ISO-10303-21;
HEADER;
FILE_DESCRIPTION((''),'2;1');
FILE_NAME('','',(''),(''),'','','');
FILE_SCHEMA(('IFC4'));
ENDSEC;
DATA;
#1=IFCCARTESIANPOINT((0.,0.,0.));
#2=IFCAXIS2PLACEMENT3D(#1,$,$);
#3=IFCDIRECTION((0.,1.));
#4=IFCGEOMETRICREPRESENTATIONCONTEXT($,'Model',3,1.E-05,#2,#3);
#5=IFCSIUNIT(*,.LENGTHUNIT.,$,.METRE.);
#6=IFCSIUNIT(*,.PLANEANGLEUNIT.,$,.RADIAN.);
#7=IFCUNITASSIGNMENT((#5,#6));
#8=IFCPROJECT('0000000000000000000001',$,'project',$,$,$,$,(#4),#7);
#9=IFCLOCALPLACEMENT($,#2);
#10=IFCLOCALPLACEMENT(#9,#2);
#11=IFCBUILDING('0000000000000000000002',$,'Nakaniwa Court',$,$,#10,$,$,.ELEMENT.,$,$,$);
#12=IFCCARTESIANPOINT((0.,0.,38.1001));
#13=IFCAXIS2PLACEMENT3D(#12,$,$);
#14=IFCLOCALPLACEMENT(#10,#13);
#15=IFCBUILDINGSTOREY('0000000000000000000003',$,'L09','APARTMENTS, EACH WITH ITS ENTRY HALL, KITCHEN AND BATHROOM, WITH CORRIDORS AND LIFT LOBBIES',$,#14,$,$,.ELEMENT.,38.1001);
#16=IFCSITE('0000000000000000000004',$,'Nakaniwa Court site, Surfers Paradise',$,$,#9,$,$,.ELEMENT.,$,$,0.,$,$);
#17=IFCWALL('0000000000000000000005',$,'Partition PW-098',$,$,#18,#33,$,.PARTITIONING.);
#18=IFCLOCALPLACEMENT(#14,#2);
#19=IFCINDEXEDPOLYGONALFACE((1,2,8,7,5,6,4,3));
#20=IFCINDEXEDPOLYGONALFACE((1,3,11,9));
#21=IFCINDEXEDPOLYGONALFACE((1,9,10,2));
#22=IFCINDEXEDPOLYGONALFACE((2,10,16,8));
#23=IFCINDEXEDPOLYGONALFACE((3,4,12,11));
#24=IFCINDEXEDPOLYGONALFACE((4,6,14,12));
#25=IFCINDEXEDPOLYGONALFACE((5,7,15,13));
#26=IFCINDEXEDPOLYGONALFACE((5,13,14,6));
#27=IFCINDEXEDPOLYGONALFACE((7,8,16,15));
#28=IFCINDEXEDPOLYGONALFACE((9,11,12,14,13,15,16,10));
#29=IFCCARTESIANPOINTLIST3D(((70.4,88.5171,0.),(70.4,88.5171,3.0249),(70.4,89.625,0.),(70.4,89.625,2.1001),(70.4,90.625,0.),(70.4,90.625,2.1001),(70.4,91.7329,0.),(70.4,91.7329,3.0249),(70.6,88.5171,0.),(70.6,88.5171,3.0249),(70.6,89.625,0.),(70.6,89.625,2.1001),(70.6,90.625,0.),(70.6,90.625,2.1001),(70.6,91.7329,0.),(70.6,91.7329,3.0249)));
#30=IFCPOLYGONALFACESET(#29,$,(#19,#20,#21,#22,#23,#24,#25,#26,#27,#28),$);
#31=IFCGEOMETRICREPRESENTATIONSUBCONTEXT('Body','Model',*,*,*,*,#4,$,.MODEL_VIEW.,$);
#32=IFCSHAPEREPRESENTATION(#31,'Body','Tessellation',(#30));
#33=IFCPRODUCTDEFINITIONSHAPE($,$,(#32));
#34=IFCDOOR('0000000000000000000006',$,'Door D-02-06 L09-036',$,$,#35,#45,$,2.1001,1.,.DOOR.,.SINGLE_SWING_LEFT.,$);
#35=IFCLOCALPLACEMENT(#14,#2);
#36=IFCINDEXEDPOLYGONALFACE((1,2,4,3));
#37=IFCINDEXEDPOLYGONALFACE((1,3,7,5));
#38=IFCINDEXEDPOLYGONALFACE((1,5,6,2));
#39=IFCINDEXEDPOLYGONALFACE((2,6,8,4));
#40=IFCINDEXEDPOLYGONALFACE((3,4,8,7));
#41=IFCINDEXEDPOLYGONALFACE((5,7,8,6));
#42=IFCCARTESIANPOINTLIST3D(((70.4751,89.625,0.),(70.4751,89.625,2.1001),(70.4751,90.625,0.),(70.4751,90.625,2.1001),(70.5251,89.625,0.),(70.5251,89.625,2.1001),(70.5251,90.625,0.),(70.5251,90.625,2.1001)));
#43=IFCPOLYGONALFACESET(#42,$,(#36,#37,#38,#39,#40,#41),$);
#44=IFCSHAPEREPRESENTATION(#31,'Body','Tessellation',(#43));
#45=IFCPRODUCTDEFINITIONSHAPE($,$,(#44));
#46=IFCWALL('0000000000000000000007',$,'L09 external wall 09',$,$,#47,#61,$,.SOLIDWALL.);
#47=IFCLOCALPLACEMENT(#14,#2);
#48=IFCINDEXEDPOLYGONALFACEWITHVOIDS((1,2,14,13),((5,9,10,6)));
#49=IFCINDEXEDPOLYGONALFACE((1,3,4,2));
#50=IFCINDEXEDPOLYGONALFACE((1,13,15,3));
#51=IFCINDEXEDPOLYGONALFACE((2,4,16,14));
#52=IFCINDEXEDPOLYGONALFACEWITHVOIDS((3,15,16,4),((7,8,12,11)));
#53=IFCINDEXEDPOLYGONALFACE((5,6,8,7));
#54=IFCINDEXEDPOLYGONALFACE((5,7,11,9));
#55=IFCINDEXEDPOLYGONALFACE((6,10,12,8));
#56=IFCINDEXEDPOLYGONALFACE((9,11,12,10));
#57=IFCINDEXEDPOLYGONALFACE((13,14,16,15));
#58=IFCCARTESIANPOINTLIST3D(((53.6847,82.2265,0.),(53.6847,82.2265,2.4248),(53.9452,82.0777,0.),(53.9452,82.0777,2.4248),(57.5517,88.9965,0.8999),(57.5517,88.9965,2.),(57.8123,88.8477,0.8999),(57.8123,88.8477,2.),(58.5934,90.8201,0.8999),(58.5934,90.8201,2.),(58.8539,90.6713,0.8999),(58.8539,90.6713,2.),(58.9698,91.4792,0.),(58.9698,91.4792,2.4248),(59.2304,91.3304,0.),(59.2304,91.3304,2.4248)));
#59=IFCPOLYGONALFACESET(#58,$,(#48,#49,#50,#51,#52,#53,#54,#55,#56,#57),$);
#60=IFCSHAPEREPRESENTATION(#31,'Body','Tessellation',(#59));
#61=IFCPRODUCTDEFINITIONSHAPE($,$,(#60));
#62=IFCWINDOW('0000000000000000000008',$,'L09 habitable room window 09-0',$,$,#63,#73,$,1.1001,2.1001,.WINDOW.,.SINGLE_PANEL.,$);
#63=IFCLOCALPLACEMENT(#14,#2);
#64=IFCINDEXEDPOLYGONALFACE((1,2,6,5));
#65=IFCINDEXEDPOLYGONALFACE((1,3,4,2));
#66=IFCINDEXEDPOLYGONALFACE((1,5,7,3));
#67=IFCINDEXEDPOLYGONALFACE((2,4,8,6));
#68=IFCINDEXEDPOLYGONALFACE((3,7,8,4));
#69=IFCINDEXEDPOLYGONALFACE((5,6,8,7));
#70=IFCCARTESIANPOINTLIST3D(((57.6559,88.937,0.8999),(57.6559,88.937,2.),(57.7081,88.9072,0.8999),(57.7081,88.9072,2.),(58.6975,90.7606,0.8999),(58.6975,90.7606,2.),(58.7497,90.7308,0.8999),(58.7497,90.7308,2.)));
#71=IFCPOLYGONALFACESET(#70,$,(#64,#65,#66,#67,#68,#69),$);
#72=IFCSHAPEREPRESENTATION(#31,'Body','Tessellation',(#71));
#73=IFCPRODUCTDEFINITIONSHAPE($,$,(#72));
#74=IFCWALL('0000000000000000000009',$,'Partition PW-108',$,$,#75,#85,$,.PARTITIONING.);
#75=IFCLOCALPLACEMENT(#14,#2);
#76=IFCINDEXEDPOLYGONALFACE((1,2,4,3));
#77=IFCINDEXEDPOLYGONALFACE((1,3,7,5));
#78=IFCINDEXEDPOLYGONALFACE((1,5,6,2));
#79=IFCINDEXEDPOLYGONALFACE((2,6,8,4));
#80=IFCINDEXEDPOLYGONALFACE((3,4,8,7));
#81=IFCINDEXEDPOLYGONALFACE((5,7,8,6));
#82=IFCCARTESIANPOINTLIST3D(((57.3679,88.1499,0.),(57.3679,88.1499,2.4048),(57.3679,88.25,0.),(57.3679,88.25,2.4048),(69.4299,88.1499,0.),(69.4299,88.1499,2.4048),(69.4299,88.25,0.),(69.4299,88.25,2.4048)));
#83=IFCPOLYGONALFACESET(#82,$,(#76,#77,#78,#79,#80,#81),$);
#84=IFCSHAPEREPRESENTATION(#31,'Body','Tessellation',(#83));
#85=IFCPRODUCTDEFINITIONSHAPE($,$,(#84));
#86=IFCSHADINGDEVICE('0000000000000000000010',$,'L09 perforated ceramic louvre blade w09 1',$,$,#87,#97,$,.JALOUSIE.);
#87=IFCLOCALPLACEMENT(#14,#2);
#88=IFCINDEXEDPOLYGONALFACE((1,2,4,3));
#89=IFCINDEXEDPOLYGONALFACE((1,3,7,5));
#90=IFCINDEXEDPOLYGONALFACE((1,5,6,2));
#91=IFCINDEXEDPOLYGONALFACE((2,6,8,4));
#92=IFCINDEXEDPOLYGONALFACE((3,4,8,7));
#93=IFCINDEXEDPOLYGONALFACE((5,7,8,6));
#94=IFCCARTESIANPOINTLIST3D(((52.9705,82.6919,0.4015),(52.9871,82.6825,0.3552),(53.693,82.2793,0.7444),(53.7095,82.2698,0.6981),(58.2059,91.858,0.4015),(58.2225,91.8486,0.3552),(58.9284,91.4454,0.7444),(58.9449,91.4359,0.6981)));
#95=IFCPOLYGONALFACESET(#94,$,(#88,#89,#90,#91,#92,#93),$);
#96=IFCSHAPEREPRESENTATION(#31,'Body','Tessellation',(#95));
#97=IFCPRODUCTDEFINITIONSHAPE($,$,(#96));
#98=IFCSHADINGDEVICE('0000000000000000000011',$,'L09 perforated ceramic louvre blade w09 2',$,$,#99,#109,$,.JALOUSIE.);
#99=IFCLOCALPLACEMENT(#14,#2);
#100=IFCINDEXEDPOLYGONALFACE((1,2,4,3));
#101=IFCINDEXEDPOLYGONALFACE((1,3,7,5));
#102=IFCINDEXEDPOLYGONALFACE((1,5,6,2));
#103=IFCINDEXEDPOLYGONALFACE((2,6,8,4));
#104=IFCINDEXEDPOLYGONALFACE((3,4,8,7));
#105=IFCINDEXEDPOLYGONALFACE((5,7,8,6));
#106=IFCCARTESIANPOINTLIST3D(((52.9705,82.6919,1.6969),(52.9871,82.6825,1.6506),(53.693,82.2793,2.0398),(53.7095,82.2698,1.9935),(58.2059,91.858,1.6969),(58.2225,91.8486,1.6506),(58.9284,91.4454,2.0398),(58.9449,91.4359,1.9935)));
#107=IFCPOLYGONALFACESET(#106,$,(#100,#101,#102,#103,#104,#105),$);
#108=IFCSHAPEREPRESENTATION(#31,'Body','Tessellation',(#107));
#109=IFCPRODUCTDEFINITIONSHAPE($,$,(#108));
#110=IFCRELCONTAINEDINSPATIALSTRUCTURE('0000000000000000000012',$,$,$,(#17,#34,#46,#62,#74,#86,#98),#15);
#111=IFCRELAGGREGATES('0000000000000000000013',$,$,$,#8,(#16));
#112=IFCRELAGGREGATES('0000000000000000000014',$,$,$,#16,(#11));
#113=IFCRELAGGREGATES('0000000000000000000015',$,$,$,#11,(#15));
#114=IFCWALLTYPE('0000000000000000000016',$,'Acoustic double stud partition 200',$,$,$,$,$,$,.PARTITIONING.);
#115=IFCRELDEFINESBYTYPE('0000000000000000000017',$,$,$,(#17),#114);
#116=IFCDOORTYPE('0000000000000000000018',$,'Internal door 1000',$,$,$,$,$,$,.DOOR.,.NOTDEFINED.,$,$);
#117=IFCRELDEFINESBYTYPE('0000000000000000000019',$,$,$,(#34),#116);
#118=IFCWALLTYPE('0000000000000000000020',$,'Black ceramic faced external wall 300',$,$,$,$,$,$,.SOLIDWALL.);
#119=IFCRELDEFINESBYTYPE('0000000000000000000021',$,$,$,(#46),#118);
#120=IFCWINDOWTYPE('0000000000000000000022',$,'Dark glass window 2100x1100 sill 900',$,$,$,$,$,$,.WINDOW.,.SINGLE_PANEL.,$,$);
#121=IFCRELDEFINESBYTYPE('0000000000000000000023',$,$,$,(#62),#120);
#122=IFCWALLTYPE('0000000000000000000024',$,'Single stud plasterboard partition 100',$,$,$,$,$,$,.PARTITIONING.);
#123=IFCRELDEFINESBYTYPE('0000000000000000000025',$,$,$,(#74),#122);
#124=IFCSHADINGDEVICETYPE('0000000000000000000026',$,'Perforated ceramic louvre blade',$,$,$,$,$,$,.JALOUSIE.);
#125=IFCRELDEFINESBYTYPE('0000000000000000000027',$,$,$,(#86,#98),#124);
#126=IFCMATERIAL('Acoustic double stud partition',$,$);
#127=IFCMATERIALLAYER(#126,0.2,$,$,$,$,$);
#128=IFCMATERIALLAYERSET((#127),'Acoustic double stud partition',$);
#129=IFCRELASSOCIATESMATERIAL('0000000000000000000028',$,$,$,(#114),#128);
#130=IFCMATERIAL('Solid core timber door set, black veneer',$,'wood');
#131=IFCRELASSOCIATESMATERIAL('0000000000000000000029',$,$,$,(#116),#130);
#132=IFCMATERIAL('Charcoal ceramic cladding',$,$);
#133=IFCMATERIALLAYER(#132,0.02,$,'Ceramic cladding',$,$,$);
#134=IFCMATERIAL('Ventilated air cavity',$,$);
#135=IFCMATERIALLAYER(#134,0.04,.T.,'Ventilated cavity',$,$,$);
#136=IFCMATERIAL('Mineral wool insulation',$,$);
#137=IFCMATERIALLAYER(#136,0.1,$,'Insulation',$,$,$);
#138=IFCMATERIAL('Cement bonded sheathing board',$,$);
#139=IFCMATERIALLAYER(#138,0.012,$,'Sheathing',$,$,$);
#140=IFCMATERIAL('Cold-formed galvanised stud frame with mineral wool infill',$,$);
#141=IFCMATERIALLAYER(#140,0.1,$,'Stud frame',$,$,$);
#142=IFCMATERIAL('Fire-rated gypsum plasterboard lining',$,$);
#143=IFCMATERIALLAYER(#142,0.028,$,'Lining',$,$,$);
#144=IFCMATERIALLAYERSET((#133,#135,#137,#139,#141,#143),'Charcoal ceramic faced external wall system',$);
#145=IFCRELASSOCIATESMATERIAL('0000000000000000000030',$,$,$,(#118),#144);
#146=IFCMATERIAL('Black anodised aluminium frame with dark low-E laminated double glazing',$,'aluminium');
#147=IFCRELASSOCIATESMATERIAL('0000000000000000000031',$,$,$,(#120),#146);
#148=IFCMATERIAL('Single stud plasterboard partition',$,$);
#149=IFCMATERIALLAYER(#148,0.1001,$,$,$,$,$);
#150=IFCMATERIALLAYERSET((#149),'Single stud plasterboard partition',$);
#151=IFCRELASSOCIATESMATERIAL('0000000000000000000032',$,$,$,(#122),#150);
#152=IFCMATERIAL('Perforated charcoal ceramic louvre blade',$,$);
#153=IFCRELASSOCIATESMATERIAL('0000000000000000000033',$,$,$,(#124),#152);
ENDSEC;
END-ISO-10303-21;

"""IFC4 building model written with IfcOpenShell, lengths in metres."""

from ifc_helpers import new_model, si_unit, direction, frame, frame_2d, origin, origin_2d, place, context, subcontext, project, spatial, rectangle, extrude, material, layer, layer_set, material_profile, profile_set, type_object, element, fill, save


model = new_model("IFC4")

# Units and contexts
model_context = context("Model", 3, precision=1e-05, world=origin(), true_north=direction((0.0, 1.0)))
body_context = subcontext(model_context, "Body", "Model", "MODEL_VIEW")
ifc_project = project(units=[si_unit("LENGTHUNIT", "METRE"), si_unit("PLANEANGLEUNIT", "RADIAN")], contexts=[model_context])

# Site, building, storey
site_placement = place(None, origin())
site = spatial("IfcSite", under=ifc_project, at=site_placement, Name="Nakaniwa Court site, Surfers Paradise", CompositionType="ELEMENT", RefElevation=0.0)
building_placement = place(site_placement, origin())
building = spatial("IfcBuilding", under=site, at=building_placement, Name="Nakaniwa Court", CompositionType="ELEMENT")
storey_placement = place(building_placement, frame((0.0, 0.0, 38.1001)))
storey = spatial("IfcBuildingStorey", under=building, at=storey_placement, Name="L09", Description="APARTMENTS, EACH WITH ITS ENTRY HALL, KITCHEN AND BATHROOM, WITH CORRIDORS AND LIFT LOBBIES", CompositionType="ELEMENT", Elevation=38.1001)

# Shared definitions
ifc_material_1 = material(Name="Acoustic double stud partition")
ifc_layer_1 = layer(ifc_material_1, 0.2)
ifc_layer_set_1 = layer_set([ifc_layer_1], Name="Acoustic double stud partition")
wall_type_1 = type_object("IfcWallType", Name="Acoustic double stud partition 200", PredefinedType="PARTITIONING", material=ifc_layer_set_1)

# Wall, opening, door
wall_1_placement = place(storey_placement, frame((70.5, 88.5171, 0.0), z_axis=(0.0, 0.0, 1.0), x_axis=(0.0, 1.0, 0.0)))
wall_1 = element("IfcWall", 1, at=wall_1_placement, inside=storey, type_object=wall_type_1, Name="Partition PW-098", PredefinedType="PARTITIONING", context=body_context, shape_type="SweptSolid", body=[
    extrude(rectangle(XDim=3.2158, YDim=0.2, at=frame_2d((1.6079, 0.0))), origin(), (0.0, 0.0, 1.0), 3.0249),
])
opening_1_placement = place(wall_1_placement, frame((1.1079, 0.0, 0.0)))
opening_1 = element("IfcOpeningElement", 2, at=opening_1_placement, cuts=wall_1, PredefinedType="OPENING", context=body_context, shape_type="SweptSolid", body=[
    extrude(rectangle(XDim=1.0, YDim=2.1001, at=frame_2d((0.5, 1.05))), frame((0.0, 0.1099, 0.0), z_axis=(0.0, -1.0, 0.0), x_axis=(1.0, 0.0, 0.0)), (0.0, 0.0, 1.0), 0.22),
])
ifc_material_2 = material(Name="Solid core timber door set, black veneer", Category="wood")
door_type = type_object("IfcDoorType", Name="Internal door 1000", OperationType="NOTDEFINED", PredefinedType="DOOR", material=ifc_material_2)
door_placement = place(opening_1_placement, origin())
door = element("IfcDoor", 3, at=door_placement, inside=storey, type_object=door_type, Name="Door D-02-06 L09-036", OperationType="SINGLE_SWING_LEFT", OverallHeight=2.1001, OverallWidth=1.0, PredefinedType="DOOR", context=body_context, shape_type="SweptSolid", body=[
    extrude(rectangle(XDim=1.0, YDim=2.1001, at=frame_2d((0.5, 1.05))), frame((0.0, 0.0249, 0.0), z_axis=(0.0, -1.0, 0.0), x_axis=(1.0, 0.0, 0.0)), (0.0, 0.0, 1.0), 0.05),
])
fill(opening_1, door)

# Wall, opening, window
ifc_material_3 = material(Name="Charcoal ceramic cladding")
ifc_layer_2 = layer(ifc_material_3, 0.02, Name="Ceramic cladding")
ifc_material_4 = material(Name="Ventilated air cavity")
ifc_layer_3 = layer(ifc_material_4, 0.04, ventilated=True, Name="Ventilated cavity")
ifc_material_5 = material(Name="Mineral wool insulation")
ifc_layer_4 = layer(ifc_material_5, 0.1, Name="Insulation")
ifc_material_6 = material(Name="Cement bonded sheathing board")
ifc_layer_5 = layer(ifc_material_6, 0.012, Name="Sheathing")
ifc_material_7 = material(Name="Cold-formed galvanised stud frame with mineral wool infill")
ifc_layer_6 = layer(ifc_material_7, 0.1, Name="Stud frame")
ifc_material_8 = material(Name="Fire-rated gypsum plasterboard lining")
ifc_layer_7 = layer(ifc_material_8, 0.028, Name="Lining")
ifc_layer_set_2 = layer_set([ifc_layer_2, ifc_layer_3, ifc_layer_4, ifc_layer_5, ifc_layer_6, ifc_layer_7], Name="Charcoal ceramic faced external wall system")
wall_type_2 = type_object("IfcWallType", Name="Black ceramic faced external wall 300", PredefinedType="SOLIDWALL", material=ifc_layer_set_2)
wall_2_placement = place(storey_placement, frame((59.1001, 91.4048, 0.0), z_axis=(0.0, 0.0, 1.0), x_axis=(-0.495991, -0.868328, 0.0)))
wall_2 = element("IfcWall", 4, at=wall_2_placement, inside=storey, type_object=wall_type_2, Name="L09 external wall 09", PredefinedType="SOLIDWALL", context=body_context, shape_type="SweptSolid", body=[
    extrude(rectangle(XDim=10.6558, YDim=0.3, at=frame_2d((5.3279, 0.0))), origin(), (0.0, 0.0, 1.0), 2.4248),
])
opening_2_placement = place(wall_2_placement, frame((0.759, 0.0, 0.8999)))
opening_2 = element("IfcOpeningElement", 5, at=opening_2_placement, cuts=wall_2, PredefinedType="OPENING", context=body_context, shape_type="SweptSolid", body=[
    extrude(rectangle(XDim=2.1001, YDim=1.1001, at=frame_2d((1.05, 0.55))), frame((0.0, 0.1599, 0.0), z_axis=(0.0, -1.0, 0.0), x_axis=(1.0, 0.0, 0.0)), (0.0, 0.0, 1.0), 0.3201),
])
ifc_material_9 = material(Name="Black anodised aluminium frame with dark low-E laminated double glazing", Category="aluminium")
window_type = type_object("IfcWindowType", Name="Dark glass window 2100x1100 sill 900", PartitioningType="SINGLE_PANEL", PredefinedType="WINDOW", material=ifc_material_9)
window_placement = place(opening_2_placement, origin())
window = element("IfcWindow", 6, at=window_placement, inside=storey, type_object=window_type, Name="L09 habitable room window 09-0", OverallHeight=1.1001, OverallWidth=2.1001, PartitioningType="SINGLE_PANEL", PredefinedType="WINDOW", context=body_context, shape_type="SweptSolid", body=[
    extrude(rectangle(XDim=2.1001, YDim=1.1001, at=frame_2d((1.05, 0.55))), frame((0.0, 0.03, 0.0), z_axis=(0.0, -1.0, 0.0), x_axis=(1.0, 0.0, 0.0)), (0.0, 0.0, 1.0), 0.0601),
])
fill(opening_2, window)

# Wall
ifc_material_10 = material(Name="Single stud plasterboard partition")
ifc_layer_8 = layer(ifc_material_10, 0.1001)
ifc_layer_set_3 = layer_set([ifc_layer_8], Name="Single stud plasterboard partition")
wall_type_3 = type_object("IfcWallType", Name="Single stud plasterboard partition 100", PredefinedType="PARTITIONING", material=ifc_layer_set_3)
wall_3_placement = place(storey_placement, frame((57.3679, 88.2, 0.0), z_axis=(0.0, 0.0, 1.0), x_axis=(1.0, 0.0, 0.0)))
element("IfcWall", 7, at=wall_3_placement, inside=storey, type_object=wall_type_3, Name="Partition PW-108", PredefinedType="PARTITIONING", context=body_context, shape_type="SweptSolid", body=[
    extrude(rectangle(XDim=12.062, YDim=0.1001, at=frame_2d((6.031, 0.0))), origin(), (0.0, 0.0, 1.0), 2.4048),
])

# Shading devices
ifc_material_11 = material(Name="Perforated charcoal ceramic louvre blade")
ifc_material_profile_1 = material_profile(ifc_material_11, rectangle(XDim=0.8999, YDim=0.05, at=origin_2d()), Name="Perforated ceramic louvre blade")
ifc_profile_set_1 = profile_set([ifc_material_profile_1], Name="Perforated charcoal ceramic louvre blade")
shading_device_type = type_object("IfcShadingDeviceType", Name="Perforated ceramic louvre blade", PredefinedType="JALOUSIE", material=ifc_profile_set_1)
for number, where, z_axis, x_axis, name in (
    (8, (58.5754, 91.647, 0.5498), (-0.49597, -0.86834, 0.0), (0.80282, -0.458547, 0.38107), "L09 perforated ceramic louvre blade w09 1"),
    (9, (58.5754, 91.647, 1.8452), (-0.49597, -0.86834, 0.0), (0.80282, -0.458547, 0.38107), "L09 perforated ceramic louvre blade w09 2"),
):
    element("IfcShadingDevice", number, at=place(storey_placement, frame(where, z_axis=z_axis, x_axis=x_axis)), inside=storey, type_object=shading_device_type, Name=name, PredefinedType="JALOUSIE", context=body_context, shape_type="SweptSolid", body=[
        extrude(rectangle(XDim=0.8999, YDim=0.05, at=origin_2d()), origin(), (0.0, 0.0, 1.0), 10.5559),
    ])

save(model, "model.ifc")
